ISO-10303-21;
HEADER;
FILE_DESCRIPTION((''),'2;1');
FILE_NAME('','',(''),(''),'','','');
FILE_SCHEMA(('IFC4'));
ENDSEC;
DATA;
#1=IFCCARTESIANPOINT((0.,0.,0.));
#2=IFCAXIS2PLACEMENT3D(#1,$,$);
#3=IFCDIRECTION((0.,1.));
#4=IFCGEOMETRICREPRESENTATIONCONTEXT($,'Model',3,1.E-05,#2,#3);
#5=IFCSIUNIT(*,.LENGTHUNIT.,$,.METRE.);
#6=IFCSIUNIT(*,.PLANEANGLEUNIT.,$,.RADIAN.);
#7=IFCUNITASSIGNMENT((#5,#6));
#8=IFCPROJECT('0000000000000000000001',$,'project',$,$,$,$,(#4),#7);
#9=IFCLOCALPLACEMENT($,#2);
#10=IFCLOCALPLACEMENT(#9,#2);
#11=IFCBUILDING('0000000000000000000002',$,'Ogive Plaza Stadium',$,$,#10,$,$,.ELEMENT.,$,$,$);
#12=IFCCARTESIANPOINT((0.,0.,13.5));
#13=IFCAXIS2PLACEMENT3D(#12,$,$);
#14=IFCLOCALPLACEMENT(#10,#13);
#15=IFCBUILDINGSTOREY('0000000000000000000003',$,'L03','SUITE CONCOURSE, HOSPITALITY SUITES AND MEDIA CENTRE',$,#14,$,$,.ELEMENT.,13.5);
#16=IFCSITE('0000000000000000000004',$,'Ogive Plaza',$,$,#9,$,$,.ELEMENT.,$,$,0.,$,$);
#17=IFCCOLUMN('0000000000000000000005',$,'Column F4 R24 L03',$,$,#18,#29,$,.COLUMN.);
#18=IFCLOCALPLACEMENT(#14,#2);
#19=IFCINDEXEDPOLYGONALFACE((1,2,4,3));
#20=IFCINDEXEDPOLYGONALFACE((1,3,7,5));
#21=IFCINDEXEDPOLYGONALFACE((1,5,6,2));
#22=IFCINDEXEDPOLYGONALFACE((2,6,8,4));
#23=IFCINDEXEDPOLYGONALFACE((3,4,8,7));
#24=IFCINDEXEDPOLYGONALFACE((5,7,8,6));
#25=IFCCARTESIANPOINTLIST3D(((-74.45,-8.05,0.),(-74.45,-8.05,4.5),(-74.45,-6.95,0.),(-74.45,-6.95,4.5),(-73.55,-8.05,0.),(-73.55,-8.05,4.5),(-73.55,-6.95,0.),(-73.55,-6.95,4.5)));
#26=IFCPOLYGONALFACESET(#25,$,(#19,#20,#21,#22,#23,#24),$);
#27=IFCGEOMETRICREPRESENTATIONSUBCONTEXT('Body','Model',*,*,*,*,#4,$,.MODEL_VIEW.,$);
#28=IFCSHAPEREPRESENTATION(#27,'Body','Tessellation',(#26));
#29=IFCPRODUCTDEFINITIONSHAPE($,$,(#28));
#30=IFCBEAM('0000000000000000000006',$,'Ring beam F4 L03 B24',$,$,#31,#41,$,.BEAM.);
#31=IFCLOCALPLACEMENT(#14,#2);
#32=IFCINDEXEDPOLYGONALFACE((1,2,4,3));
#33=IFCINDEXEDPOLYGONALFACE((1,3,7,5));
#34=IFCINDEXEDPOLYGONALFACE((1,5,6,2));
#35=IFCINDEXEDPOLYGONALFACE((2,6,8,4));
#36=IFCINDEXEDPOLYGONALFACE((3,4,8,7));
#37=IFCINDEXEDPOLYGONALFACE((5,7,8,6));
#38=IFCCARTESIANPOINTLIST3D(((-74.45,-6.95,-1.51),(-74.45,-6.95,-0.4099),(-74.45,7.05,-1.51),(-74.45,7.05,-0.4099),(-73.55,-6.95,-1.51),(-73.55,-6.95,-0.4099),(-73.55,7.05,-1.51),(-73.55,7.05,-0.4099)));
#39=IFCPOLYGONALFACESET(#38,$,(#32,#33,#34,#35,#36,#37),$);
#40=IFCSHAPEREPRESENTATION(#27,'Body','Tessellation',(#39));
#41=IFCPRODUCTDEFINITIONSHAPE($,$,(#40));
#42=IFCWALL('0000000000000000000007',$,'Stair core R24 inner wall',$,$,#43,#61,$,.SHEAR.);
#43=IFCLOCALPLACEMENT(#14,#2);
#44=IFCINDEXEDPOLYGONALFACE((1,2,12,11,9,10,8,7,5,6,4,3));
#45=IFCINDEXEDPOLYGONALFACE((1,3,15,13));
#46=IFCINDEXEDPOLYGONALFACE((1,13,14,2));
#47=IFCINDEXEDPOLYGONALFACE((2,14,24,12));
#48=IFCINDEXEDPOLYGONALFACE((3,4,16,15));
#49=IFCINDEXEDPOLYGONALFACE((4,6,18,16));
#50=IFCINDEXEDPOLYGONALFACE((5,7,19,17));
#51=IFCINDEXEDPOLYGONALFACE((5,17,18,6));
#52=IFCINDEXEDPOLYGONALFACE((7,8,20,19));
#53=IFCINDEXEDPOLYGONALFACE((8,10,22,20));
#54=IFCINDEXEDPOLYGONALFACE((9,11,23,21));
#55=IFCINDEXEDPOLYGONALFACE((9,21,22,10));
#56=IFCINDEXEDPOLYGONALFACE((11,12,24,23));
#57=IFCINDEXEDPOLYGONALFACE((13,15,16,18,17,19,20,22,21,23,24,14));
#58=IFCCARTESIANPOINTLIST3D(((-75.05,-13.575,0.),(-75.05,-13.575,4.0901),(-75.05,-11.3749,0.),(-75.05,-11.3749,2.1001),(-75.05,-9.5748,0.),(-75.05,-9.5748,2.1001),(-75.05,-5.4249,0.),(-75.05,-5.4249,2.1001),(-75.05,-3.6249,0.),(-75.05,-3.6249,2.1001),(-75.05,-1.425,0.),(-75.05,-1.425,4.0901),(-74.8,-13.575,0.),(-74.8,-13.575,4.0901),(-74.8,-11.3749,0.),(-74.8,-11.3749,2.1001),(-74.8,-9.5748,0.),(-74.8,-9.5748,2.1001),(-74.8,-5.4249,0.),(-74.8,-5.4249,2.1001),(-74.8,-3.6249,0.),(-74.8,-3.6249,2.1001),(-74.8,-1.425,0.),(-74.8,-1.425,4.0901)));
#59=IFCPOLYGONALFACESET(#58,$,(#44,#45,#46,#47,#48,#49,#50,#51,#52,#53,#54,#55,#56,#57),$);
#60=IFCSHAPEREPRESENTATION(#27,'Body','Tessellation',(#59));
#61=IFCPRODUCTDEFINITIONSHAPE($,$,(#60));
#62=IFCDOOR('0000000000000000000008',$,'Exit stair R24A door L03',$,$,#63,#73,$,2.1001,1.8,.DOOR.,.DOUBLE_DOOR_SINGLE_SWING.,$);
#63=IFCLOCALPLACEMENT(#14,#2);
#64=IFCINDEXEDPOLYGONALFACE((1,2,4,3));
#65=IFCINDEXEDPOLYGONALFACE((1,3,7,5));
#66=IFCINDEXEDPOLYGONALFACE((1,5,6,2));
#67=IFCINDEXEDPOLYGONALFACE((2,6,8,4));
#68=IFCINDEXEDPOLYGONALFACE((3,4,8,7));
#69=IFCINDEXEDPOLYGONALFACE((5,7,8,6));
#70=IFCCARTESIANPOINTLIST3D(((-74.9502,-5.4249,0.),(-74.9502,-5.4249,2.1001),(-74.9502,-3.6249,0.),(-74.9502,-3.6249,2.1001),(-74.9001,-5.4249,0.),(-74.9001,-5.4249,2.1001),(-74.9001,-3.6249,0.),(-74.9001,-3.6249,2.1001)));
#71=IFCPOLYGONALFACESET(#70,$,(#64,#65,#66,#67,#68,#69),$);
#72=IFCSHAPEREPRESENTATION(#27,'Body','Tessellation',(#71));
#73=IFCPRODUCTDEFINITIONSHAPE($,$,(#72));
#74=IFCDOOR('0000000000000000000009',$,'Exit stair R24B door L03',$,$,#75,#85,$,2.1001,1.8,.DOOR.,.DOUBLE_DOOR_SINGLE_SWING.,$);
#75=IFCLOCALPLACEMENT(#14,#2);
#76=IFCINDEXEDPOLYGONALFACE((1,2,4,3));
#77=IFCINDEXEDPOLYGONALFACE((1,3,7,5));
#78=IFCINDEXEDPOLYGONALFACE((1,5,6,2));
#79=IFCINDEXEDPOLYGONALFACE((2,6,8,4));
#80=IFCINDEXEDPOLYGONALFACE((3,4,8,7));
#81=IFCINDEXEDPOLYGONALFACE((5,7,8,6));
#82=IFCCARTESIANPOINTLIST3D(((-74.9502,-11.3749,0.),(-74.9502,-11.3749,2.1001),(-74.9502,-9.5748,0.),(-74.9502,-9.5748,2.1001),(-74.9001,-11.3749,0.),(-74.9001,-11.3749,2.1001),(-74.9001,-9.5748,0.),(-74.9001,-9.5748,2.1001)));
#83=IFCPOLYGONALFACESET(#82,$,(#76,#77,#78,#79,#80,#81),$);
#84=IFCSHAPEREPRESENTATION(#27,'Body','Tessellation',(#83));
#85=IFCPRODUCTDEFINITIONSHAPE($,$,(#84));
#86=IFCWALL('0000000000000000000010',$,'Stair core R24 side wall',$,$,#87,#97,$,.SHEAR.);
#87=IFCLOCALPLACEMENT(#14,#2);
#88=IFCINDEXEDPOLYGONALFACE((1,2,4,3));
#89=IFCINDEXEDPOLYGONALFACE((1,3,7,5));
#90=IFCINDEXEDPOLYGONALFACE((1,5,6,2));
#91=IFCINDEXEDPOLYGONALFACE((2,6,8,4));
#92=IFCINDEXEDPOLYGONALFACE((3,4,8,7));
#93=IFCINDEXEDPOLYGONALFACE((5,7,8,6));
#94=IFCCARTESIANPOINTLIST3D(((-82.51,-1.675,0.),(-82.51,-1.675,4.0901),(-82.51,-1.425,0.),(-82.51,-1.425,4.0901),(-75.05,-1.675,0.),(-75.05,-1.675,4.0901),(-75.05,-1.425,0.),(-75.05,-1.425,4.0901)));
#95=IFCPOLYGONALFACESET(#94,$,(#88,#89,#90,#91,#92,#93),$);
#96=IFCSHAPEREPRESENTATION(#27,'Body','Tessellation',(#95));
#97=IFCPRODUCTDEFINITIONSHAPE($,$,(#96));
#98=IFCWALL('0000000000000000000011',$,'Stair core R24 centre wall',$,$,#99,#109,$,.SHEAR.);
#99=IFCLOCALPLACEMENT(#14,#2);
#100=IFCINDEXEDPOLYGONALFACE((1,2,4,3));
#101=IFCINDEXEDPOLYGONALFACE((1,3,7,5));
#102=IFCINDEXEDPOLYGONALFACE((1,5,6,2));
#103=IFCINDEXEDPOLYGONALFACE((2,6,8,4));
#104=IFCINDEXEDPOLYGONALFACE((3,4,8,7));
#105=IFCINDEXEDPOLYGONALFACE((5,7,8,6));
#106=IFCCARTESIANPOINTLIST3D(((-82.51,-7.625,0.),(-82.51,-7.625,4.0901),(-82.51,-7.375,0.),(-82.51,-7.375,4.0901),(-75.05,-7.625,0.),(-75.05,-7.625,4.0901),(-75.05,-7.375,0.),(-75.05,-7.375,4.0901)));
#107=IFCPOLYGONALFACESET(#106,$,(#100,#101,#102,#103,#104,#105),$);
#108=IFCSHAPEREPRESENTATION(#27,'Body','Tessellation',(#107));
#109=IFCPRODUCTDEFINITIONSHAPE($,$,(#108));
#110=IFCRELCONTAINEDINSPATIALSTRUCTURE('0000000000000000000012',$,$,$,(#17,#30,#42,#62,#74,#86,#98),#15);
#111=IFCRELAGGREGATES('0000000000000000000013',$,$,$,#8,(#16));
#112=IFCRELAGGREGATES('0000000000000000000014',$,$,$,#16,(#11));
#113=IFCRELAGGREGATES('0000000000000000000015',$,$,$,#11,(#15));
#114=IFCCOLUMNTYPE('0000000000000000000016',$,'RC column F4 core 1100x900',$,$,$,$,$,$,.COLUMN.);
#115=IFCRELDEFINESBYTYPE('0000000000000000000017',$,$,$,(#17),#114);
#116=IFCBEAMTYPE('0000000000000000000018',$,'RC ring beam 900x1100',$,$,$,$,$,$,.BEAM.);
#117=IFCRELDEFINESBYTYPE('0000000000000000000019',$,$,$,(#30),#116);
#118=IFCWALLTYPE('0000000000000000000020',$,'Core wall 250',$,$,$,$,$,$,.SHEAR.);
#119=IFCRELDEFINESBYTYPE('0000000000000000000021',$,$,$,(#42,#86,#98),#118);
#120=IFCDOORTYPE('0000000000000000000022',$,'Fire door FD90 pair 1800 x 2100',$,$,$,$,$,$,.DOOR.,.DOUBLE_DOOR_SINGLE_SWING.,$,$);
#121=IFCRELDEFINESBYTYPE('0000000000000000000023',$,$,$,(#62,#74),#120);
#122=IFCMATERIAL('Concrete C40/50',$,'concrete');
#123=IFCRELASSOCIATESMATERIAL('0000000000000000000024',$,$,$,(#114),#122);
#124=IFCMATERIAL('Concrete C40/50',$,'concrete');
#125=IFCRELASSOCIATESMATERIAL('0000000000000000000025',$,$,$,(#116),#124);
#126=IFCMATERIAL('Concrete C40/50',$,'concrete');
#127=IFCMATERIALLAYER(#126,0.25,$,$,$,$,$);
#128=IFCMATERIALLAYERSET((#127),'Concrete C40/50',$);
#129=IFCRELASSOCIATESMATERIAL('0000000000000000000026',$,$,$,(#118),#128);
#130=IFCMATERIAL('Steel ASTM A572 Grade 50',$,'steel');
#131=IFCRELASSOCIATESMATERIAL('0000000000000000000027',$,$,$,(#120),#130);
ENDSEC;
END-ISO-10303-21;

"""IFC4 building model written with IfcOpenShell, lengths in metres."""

from ifc_helpers import new_model, si_unit, direction, frame, frame_2d, origin, origin_2d, place, context, subcontext, project, spatial, rectangle, extrude, material, layer, layer_set, material_profile, profile_set, type_object, element, fill, save


model = new_model("IFC4")

# Units and contexts
model_context = context("Model", 3, precision=1e-05, world=origin(), true_north=direction((0.0, 1.0)))
body_context = subcontext(model_context, "Body", "Model", "MODEL_VIEW")
ifc_project = project(units=[si_unit("LENGTHUNIT", "METRE"), si_unit("PLANEANGLEUNIT", "RADIAN")], contexts=[model_context])

# Site, building, storey
site_placement = place(None, origin())
site = spatial("IfcSite", under=ifc_project, at=site_placement, Name="Ogive Plaza", CompositionType="ELEMENT", RefElevation=0.0)
building_placement = place(site_placement, origin())
building = spatial("IfcBuilding", under=site, at=building_placement, Name="Ogive Plaza Stadium", CompositionType="ELEMENT")
storey_placement = place(building_placement, frame((0.0, 0.0, 13.5)))
storey = spatial("IfcBuildingStorey", under=building, at=storey_placement, Name="L03", Description="SUITE CONCOURSE, HOSPITALITY SUITES AND MEDIA CENTRE", CompositionType="ELEMENT", Elevation=13.5)

# Column
ifc_material_1 = material(Name="Concrete C40/50", Category="concrete")
ifc_material_profile_1 = material_profile(ifc_material_1, rectangle(XDim=1.1001, YDim=0.8999, at=origin_2d()), Name="RC 1100x900")
ifc_profile_set_1 = profile_set([ifc_material_profile_1], Name="Concrete C40/50")
column_type = type_object("IfcColumnType", Name="RC column F4 core 1100x900", PredefinedType="COLUMN", material=ifc_profile_set_1)
column_placement = place(storey_placement, frame((-74.0, -7.5, 0.0), z_axis=(0.0, 0.0, 1.0), x_axis=(0.0, -1.0, 0.0)))
element("IfcColumn", 1, at=column_placement, inside=storey, type_object=column_type, Name="Column F4 R24 L03", PredefinedType="COLUMN", context=body_context, shape_type="SweptSolid", body=[
    extrude(rectangle(XDim=1.1001, YDim=0.8999, at=origin_2d()), origin(), (0.0, 0.0, 1.0), 4.5),
])

# Beam
ifc_material_2 = material(Name="Concrete C40/50", Category="concrete")
ifc_material_profile_2 = material_profile(ifc_material_2, rectangle(XDim=0.8999, YDim=1.1001, at=origin_2d()), Name="RC 900x1100")
ifc_profile_set_2 = profile_set([ifc_material_profile_2], Name="Concrete C40/50")
beam_type = type_object("IfcBeamType", Name="RC ring beam 900x1100", PredefinedType="BEAM", material=ifc_profile_set_2)
beam_placement = place(storey_placement, frame((-74.0, -6.95, -0.96), z_axis=(0.0, 1.0, 0.0), x_axis=(-1.0, 0.0, 0.0)))
element("IfcBeam", 2, at=beam_placement, inside=storey, type_object=beam_type, Name="Ring beam F4 L03 B24", PredefinedType="BEAM", context=body_context, shape_type="SweptSolid", body=[
    extrude(rectangle(XDim=0.8999, YDim=1.1001, at=origin_2d()), origin(), (0.0, 0.0, 1.0), 14.0),
])

# Wall, openings, doors
ifc_material_3 = material(Name="Concrete C40/50", Category="concrete")
ifc_layer_1 = layer(ifc_material_3, 0.25)
ifc_layer_set_1 = layer_set([ifc_layer_1], Name="Concrete C40/50")
wall_type_1 = type_object("IfcWallType", Name="Core wall 250", PredefinedType="SHEAR", material=ifc_layer_set_1)
wall_1_placement = place(storey_placement, frame((-74.925, -1.425, 0.0), z_axis=(0.0, 0.0, 1.0), x_axis=(0.0, -1.0, 0.0)))
wall_1 = element("IfcWall", 3, at=wall_1_placement, inside=storey, type_object=wall_type_1, Name="Stair core R24 inner wall", PredefinedType="SHEAR", context=body_context, shape_type="SweptSolid", body=[
    extrude(rectangle(XDim=12.1499, YDim=0.25, at=frame_2d((6.075, 0.0))), origin(), (0.0, 0.0, 1.0), 4.0901),
])
opening_1_placement = place(wall_1_placement, frame((2.2, 0.0, 0.0)))
opening_1 = element("IfcOpeningElement", 4, at=opening_1_placement, cuts=wall_1, PredefinedType="OPENING", context=body_context, shape_type="SweptSolid", body=[
    extrude(rectangle(XDim=1.8, YDim=2.1001, at=frame_2d((0.8999, 1.05))), frame((0.0, 0.125, 0.0), z_axis=(0.0, -1.0, 0.0), x_axis=(1.0, 0.0, 0.0)), (0.0, 0.0, 1.0), 0.25),
])
opening_2_placement = place(wall_1_placement, frame((8.1499, 0.0, 0.0)))
opening_2 = element("IfcOpeningElement", 5, at=opening_2_placement, cuts=wall_1, PredefinedType="OPENING", context=body_context, shape_type="SweptSolid", body=[
    extrude(rectangle(XDim=1.8, YDim=2.1001, at=frame_2d((0.8999, 1.05))), frame((0.0, 0.125, 0.0), z_axis=(0.0, -1.0, 0.0), x_axis=(1.0, 0.0, 0.0)), (0.0, 0.0, 1.0), 0.25),
])
ifc_material_4 = material(Name="Steel ASTM A572 Grade 50", Category="steel")
door_type_1 = type_object("IfcDoorType", Name="Fire door FD90 pair 1800 x 2100", OperationType="DOUBLE_DOOR_SINGLE_SWING", PredefinedType="DOOR", material=ifc_material_4)
door_1_placement = place(opening_1_placement, origin())
door_1 = element("IfcDoor", 6, at=door_1_placement, inside=storey, type_object=door_type_1, Name="Exit stair R24A door L03", OperationType="DOUBLE_DOOR_SINGLE_SWING", OverallHeight=2.1001, OverallWidth=1.8, PredefinedType="DOOR", context=body_context, shape_type="SweptSolid", body=[
    extrude(rectangle(XDim=1.8, YDim=2.1001, at=frame_2d((0.8999, 1.05))), frame((0.0, 0.0249, 0.0), z_axis=(0.0, -1.0, 0.0), x_axis=(1.0, 0.0, 0.0)), (0.0, 0.0, 1.0), 0.05),
])
fill(opening_1, door_1)
door_2_placement = place(opening_2_placement, origin())
door_2 = element("IfcDoor", 7, at=door_2_placement, inside=storey, type_object=door_type_1, Name="Exit stair R24B door L03", OperationType="DOUBLE_DOOR_SINGLE_SWING", OverallHeight=2.1001, OverallWidth=1.8, PredefinedType="DOOR", context=body_context, shape_type="SweptSolid", body=[
    extrude(rectangle(XDim=1.8, YDim=2.1001, at=frame_2d((0.8999, 1.05))), frame((0.0, 0.0249, 0.0), z_axis=(0.0, -1.0, 0.0), x_axis=(1.0, 0.0, 0.0)), (0.0, 0.0, 1.0), 0.05),
])
fill(opening_2, door_2)

# Walls
for number, where, z_axis, x_axis, name in (
    (8, (-75.05, -1.55, 0.0), (0.0, 0.0, 1.0), (-1.0, 0.0, 0.0), "Stair core R24 side wall"),
    (9, (-75.05, -7.5, 0.0), (0.0, 0.0, 1.0), (-1.0, 0.0, 0.0), "Stair core R24 centre wall"),
):
    element("IfcWall", number, at=place(storey_placement, frame(where, z_axis=z_axis, x_axis=x_axis)), inside=storey, type_object=wall_type_1, Name=name, PredefinedType="SHEAR", context=body_context, shape_type="SweptSolid", body=[
        extrude(rectangle(XDim=7.46, YDim=0.25, at=frame_2d((3.73, 0.0))), origin(), (0.0, 0.0, 1.0), 4.0901),
    ])

save(model, "model.ifc")
